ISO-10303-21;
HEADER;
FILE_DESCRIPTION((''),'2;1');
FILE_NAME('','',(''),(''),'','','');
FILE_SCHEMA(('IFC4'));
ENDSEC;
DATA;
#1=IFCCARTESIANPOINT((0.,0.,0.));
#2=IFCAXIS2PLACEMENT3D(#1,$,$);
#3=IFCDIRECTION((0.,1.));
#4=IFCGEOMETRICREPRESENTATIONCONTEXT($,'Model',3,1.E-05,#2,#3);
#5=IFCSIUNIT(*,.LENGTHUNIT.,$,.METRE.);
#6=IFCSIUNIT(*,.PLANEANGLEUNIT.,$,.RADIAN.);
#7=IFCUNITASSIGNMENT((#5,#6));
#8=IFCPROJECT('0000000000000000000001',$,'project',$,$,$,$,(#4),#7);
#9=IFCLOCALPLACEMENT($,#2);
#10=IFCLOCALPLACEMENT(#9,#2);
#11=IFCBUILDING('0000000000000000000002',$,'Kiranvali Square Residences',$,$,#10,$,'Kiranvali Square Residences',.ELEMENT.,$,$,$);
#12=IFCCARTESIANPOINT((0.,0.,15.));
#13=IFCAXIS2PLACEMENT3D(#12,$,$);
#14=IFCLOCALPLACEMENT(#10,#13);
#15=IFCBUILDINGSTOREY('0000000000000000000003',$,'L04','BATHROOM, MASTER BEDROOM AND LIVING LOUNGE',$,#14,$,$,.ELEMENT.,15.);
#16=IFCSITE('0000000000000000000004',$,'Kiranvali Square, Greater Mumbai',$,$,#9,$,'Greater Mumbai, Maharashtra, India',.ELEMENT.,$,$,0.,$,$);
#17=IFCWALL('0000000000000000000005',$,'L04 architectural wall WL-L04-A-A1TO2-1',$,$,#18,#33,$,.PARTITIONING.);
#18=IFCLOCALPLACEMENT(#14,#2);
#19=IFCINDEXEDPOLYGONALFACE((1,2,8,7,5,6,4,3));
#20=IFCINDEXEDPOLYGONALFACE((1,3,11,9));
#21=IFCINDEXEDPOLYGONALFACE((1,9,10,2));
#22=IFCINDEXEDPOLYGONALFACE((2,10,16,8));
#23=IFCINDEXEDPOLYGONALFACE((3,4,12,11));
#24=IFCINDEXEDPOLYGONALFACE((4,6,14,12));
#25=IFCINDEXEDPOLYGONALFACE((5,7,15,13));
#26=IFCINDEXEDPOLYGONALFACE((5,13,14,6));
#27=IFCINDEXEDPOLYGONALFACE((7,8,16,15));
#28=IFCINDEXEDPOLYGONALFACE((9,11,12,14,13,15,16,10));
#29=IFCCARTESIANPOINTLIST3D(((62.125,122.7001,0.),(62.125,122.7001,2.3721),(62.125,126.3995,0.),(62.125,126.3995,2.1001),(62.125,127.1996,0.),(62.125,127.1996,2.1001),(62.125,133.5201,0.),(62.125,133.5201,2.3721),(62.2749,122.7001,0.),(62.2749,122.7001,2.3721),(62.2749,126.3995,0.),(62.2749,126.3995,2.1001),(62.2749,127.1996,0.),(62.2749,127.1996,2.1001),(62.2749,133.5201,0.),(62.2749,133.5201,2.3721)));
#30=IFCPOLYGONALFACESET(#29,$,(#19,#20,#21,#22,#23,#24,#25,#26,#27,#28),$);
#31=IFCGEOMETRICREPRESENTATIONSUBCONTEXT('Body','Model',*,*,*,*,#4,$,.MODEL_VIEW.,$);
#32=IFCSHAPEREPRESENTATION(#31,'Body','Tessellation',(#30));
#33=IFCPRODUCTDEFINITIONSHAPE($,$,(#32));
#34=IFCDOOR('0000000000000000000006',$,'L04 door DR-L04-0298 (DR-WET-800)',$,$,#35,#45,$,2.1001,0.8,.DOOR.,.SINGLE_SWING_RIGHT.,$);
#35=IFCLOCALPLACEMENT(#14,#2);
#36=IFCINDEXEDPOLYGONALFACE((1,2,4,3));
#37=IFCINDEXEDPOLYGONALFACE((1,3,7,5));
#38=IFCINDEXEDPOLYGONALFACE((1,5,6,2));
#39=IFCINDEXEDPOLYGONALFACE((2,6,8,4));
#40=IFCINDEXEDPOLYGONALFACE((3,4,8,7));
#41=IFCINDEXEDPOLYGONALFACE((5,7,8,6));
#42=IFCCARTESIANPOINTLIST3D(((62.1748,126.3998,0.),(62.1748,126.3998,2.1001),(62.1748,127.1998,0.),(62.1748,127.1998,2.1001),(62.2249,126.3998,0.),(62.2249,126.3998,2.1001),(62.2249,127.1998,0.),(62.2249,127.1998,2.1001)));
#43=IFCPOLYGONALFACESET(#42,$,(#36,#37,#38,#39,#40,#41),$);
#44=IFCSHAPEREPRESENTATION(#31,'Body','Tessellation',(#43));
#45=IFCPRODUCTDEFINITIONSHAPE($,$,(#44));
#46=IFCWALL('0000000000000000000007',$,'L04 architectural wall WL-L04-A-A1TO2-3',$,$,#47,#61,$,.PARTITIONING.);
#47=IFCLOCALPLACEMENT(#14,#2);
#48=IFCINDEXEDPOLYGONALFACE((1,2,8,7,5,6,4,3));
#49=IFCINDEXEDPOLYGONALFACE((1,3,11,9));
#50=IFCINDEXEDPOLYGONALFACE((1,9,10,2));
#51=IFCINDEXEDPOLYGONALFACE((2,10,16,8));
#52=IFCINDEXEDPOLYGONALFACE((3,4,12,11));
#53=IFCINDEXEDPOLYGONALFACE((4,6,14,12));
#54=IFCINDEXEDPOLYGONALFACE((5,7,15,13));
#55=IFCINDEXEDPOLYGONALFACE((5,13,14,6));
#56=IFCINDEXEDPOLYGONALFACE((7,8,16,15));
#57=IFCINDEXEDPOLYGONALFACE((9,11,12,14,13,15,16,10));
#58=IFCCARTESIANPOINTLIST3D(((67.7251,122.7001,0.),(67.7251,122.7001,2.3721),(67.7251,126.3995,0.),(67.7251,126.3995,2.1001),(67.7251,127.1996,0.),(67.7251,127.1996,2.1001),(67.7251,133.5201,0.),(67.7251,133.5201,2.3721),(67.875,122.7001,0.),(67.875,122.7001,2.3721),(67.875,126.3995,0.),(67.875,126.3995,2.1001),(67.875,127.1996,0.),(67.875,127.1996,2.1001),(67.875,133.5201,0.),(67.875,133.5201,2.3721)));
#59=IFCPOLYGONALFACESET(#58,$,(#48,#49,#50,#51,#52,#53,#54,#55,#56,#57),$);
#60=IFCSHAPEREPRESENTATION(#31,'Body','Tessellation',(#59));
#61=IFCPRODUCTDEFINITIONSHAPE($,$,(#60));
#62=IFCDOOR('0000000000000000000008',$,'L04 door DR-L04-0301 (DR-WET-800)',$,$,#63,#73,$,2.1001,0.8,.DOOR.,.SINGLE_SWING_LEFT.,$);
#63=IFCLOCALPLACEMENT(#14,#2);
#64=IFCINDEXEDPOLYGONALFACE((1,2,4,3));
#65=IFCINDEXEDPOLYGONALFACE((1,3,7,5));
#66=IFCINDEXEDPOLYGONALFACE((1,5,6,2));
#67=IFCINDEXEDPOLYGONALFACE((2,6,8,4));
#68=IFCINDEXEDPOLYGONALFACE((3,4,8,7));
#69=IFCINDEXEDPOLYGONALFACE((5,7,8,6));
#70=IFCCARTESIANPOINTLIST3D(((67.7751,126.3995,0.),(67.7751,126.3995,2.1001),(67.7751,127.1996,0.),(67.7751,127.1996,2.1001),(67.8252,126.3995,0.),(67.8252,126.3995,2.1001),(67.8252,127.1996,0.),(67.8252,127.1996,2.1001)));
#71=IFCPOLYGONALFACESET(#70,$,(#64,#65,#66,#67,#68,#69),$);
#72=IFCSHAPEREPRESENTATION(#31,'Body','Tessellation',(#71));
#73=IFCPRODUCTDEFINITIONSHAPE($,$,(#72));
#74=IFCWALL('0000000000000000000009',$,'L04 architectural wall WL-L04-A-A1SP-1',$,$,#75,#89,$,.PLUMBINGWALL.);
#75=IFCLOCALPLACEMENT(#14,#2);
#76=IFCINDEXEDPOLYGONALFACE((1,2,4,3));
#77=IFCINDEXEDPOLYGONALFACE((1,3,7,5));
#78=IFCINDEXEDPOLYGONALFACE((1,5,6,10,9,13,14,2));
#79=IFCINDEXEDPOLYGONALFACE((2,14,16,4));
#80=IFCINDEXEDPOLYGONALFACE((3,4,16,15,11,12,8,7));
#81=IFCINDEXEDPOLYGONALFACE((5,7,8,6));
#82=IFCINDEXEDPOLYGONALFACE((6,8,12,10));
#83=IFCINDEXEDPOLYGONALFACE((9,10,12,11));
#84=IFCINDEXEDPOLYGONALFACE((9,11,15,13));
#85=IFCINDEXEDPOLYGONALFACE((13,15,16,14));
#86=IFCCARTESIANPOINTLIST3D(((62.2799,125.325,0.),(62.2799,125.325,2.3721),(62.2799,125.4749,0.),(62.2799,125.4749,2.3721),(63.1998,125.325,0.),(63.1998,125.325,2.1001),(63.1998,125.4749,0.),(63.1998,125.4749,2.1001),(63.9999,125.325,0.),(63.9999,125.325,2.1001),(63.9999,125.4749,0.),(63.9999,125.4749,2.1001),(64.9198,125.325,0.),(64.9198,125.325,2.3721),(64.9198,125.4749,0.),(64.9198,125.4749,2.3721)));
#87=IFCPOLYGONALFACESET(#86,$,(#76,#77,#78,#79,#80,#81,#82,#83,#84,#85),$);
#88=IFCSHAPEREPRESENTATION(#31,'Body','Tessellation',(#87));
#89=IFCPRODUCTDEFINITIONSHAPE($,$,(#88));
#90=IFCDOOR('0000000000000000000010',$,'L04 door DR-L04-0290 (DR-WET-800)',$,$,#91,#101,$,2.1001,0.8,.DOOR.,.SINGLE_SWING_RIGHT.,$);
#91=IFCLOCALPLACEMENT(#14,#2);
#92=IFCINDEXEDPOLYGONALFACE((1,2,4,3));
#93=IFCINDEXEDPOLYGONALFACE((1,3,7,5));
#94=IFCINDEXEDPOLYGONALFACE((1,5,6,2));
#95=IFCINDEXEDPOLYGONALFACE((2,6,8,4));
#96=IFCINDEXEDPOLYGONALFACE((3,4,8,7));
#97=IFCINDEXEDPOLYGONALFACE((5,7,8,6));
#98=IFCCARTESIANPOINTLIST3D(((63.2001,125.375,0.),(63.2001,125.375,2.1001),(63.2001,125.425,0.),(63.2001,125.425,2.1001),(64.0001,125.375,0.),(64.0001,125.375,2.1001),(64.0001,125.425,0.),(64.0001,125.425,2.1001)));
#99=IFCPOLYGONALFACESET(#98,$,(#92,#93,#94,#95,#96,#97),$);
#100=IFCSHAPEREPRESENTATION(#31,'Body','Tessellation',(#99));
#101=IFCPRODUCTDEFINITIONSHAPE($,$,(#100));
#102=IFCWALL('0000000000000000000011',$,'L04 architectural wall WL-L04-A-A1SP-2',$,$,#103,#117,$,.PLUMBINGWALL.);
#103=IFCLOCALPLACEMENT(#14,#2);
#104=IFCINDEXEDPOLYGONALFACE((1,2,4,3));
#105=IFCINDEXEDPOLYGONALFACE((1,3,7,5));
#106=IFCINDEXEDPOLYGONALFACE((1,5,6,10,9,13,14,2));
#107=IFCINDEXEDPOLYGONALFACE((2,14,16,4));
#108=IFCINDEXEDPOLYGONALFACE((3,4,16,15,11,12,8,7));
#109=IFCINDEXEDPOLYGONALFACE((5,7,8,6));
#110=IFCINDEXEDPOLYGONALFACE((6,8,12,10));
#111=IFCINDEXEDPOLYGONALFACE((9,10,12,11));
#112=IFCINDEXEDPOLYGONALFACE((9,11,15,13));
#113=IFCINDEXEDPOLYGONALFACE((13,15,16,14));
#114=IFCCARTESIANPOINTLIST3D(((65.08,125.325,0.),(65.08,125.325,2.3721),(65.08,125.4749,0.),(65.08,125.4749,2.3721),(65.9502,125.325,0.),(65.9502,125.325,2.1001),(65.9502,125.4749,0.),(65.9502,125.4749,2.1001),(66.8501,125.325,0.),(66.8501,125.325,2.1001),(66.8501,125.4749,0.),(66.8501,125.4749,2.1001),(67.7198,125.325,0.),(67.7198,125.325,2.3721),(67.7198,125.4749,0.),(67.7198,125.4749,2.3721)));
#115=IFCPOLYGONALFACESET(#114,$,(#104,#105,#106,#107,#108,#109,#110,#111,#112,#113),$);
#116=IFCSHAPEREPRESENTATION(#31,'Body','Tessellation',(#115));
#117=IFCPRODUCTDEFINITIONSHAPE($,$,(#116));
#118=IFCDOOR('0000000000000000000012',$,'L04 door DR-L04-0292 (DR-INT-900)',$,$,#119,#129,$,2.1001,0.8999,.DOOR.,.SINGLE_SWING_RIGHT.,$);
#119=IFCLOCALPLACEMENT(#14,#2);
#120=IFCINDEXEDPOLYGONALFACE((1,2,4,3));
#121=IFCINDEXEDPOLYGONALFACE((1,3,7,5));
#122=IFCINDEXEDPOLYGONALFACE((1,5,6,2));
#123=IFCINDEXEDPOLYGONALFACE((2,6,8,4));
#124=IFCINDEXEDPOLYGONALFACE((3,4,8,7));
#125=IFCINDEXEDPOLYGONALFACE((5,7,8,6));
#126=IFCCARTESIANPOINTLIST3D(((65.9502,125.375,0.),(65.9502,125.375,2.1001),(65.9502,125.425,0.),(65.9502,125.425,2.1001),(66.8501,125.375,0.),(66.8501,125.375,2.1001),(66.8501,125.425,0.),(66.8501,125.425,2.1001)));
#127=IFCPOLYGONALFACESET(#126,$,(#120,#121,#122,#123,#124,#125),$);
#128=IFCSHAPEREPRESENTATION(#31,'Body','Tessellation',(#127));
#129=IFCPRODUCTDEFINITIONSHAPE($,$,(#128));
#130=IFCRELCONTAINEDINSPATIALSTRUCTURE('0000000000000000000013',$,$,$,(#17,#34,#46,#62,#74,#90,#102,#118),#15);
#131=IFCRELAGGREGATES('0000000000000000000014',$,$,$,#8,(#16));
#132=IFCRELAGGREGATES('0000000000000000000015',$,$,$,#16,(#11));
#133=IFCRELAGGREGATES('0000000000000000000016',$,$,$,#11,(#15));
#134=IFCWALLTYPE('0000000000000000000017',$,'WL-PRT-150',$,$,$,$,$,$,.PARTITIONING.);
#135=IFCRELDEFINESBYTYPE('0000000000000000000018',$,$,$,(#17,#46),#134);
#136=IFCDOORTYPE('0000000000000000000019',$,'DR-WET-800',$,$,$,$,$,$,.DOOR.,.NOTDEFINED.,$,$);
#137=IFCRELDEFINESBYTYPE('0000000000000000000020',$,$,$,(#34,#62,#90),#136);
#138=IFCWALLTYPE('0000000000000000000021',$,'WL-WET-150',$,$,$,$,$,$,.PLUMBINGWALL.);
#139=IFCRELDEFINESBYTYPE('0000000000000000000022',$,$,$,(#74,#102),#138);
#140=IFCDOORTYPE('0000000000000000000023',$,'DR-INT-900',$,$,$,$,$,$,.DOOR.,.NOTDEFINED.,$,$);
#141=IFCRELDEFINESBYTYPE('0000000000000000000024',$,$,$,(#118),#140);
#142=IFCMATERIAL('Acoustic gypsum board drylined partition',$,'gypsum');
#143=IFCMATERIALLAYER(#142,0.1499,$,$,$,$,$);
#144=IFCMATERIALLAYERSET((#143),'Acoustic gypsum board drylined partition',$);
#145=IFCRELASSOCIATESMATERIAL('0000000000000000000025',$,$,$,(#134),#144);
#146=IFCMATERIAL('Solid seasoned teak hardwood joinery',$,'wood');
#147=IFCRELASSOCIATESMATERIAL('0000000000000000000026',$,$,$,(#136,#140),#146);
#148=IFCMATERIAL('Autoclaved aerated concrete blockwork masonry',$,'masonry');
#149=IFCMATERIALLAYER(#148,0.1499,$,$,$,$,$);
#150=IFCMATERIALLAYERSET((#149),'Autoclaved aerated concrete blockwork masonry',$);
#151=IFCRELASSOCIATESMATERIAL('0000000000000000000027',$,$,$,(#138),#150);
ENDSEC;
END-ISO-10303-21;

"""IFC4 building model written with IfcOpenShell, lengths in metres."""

from ifc_helpers import new_model, si_unit, direction, frame, frame_2d, origin, place, context, subcontext, project, spatial, rectangle, extrude, material, layer, layer_set, type_object, element, fill, save


model = new_model("IFC4")

# Units and contexts
model_context = context("Model", 3, precision=1e-05, world=origin(), true_north=direction((0.0, 1.0)))
body_context = subcontext(model_context, "Body", "Model", "MODEL_VIEW")
ifc_project = project(units=[si_unit("LENGTHUNIT", "METRE"), si_unit("PLANEANGLEUNIT", "RADIAN")], contexts=[model_context])

# Site, building, storey
site_placement = place(None, origin())
site = spatial("IfcSite", under=ifc_project, at=site_placement, Name="Kiranvali Square, Greater Mumbai", LongName="Greater Mumbai, Maharashtra, India", CompositionType="ELEMENT", RefElevation=0.0)
building_placement = place(site_placement, origin())
building = spatial("IfcBuilding", under=site, at=building_placement, Name="Kiranvali Square Residences", LongName="Kiranvali Square Residences", CompositionType="ELEMENT")
storey_placement = place(building_placement, frame((0.0, 0.0, 15.0)))
storey = spatial("IfcBuildingStorey", under=building, at=storey_placement, Name="L04", Description="BATHROOM, MASTER BEDROOM AND LIVING LOUNGE", CompositionType="ELEMENT", Elevation=15.0)

# Shared definitions
ifc_material_1 = material(Name="Autoclaved aerated concrete blockwork masonry", Category="masonry")

# Walls, openings, doors
ifc_material_2 = material(Name="Acoustic gypsum board drylined partition", Category="gypsum")
ifc_layer_1 = layer(ifc_material_2, 0.1499)
ifc_layer_set_1 = layer_set([ifc_layer_1], Name="Acoustic gypsum board drylined partition")
wall_type_1 = type_object("IfcWallType", Name="WL-PRT-150", PredefinedType="PARTITIONING", material=ifc_layer_set_1)
wall_1_placement = place(storey_placement, frame((62.2, 122.7, 0.0), z_axis=(0.0, 0.0, 1.0), x_axis=(0.0, 1.0, 0.0)))
wall_1 = element("IfcWall", 1, at=wall_1_placement, inside=storey, type_object=wall_type_1, Name="L04 architectural wall WL-L04-A-A1TO2-1", PredefinedType="PARTITIONING", context=body_context, shape_type="SweptSolid", body=[
    extrude(rectangle(XDim=10.8201, YDim=0.1499, at=frame_2d((5.4102, 0.0))), origin(), (0.0, 0.0, 1.0), 2.3721),
])
opening_1_placement = place(wall_1_placement, frame((3.6997, 0.0, 0.0)))
opening_1 = element("IfcOpeningElement", 2, at=opening_1_placement, cuts=wall_1, PredefinedType="OPENING", context=body_context, shape_type="SweptSolid", body=[
    extrude(rectangle(XDim=0.8, YDim=2.1001, at=frame_2d((0.3999, 1.05))), frame((0.0, 0.085, 0.0), z_axis=(0.0, -1.0, 0.0), x_axis=(1.0, 0.0, 0.0)), (0.0, 0.0, 1.0), 0.1699),
])
ifc_material_3 = material(Name="Solid seasoned teak hardwood joinery", Category="wood")
door_type_1 = type_object("IfcDoorType", Name="DR-WET-800", OperationType="NOTDEFINED", PredefinedType="DOOR", material=ifc_material_3)
door_1_placement = place(opening_1_placement, frame((0.8, 0.0, 0.0), z_axis=(0.0, 0.0, 1.0), x_axis=(-1.0, 0.0, 0.0)))
door_1 = element("IfcDoor", 3, at=door_1_placement, inside=storey, type_object=door_type_1, Name="L04 door DR-L04-0298 (DR-WET-800)", OperationType="SINGLE_SWING_RIGHT", OverallHeight=2.1001, OverallWidth=0.8, PredefinedType="DOOR", context=body_context, shape_type="SweptSolid", body=[
    extrude(rectangle(XDim=0.8, YDim=2.1001, at=frame_2d((0.3999, 1.05))), frame((0.0, 0.0249, 0.0), z_axis=(0.0, -1.0, 0.0), x_axis=(1.0, 0.0, 0.0)), (0.0, 0.0, 1.0), 0.05),
])
fill(opening_1, door_1)
wall_2_placement = place(storey_placement, frame((67.8, 122.7, 0.0), z_axis=(0.0, 0.0, 1.0), x_axis=(0.0, 1.0, 0.0)))
wall_2 = element("IfcWall", 4, at=wall_2_placement, inside=storey, type_object=wall_type_1, Name="L04 architectural wall WL-L04-A-A1TO2-3", PredefinedType="PARTITIONING", context=body_context, shape_type="SweptSolid", body=[
    extrude(rectangle(XDim=10.8201, YDim=0.1499, at=frame_2d((5.4102, 0.0))), origin(), (0.0, 0.0, 1.0), 2.3721),
])
opening_2_placement = place(wall_2_placement, frame((3.6997, 0.0, 0.0)))
opening_2 = element("IfcOpeningElement", 5, at=opening_2_placement, cuts=wall_2, PredefinedType="OPENING", context=body_context, shape_type="SweptSolid", body=[
    extrude(rectangle(XDim=0.8, YDim=2.1001, at=frame_2d((0.3999, 1.05))), frame((0.0, 0.085, 0.0), z_axis=(0.0, -1.0, 0.0), x_axis=(1.0, 0.0, 0.0)), (0.0, 0.0, 1.0), 0.1699),
])
door_2_placement = place(opening_2_placement, origin())
door_2 = element("IfcDoor", 6, at=door_2_placement, inside=storey, type_object=door_type_1, Name="L04 door DR-L04-0301 (DR-WET-800)", OperationType="SINGLE_SWING_LEFT", OverallHeight=2.1001, OverallWidth=0.8, PredefinedType="DOOR", context=body_context, shape_type="SweptSolid", body=[
    extrude(rectangle(XDim=0.8, YDim=2.1001, at=frame_2d((0.3999, 1.05))), frame((0.0, 0.0249, 0.0), z_axis=(0.0, -1.0, 0.0), x_axis=(1.0, 0.0, 0.0)), (0.0, 0.0, 1.0), 0.05),
])
fill(opening_2, door_2)
ifc_layer_2 = layer(ifc_material_1, 0.1499)
ifc_layer_set_2 = layer_set([ifc_layer_2], Name="Autoclaved aerated concrete blockwork masonry")
wall_type_2 = type_object("IfcWallType", Name="WL-WET-150", PredefinedType="PLUMBINGWALL", material=ifc_layer_set_2)
wall_3_placement = place(storey_placement, frame((62.28, 125.3999, 0.0), z_axis=(0.0, 0.0, 1.0), x_axis=(1.0, 0.0, 0.0)))
wall_3 = element("IfcWall", 7, at=wall_3_placement, inside=storey, type_object=wall_type_2, Name="L04 architectural wall WL-L04-A-A1SP-1", PredefinedType="PLUMBINGWALL", context=body_context, shape_type="SweptSolid", body=[
    extrude(rectangle(XDim=2.6399, YDim=0.1499, at=frame_2d((1.3198, 0.0))), origin(), (0.0, 0.0, 1.0), 2.3721),
])
opening_3_placement = place(wall_3_placement, frame((0.9199, 0.0, 0.0)))
opening_3 = element("IfcOpeningElement", 8, at=opening_3_placement, cuts=wall_3, PredefinedType="OPENING", context=body_context, shape_type="SweptSolid", body=[
    extrude(rectangle(XDim=0.8, YDim=2.1001, at=frame_2d((0.3999, 1.05))), frame((0.0, 0.085, 0.0), z_axis=(0.0, -1.0, 0.0), x_axis=(1.0, 0.0, 0.0)), (0.0, 0.0, 1.0), 0.1699),
])
door_3_placement = place(opening_3_placement, frame((0.8, 0.0, 0.0), z_axis=(0.0, 0.0, 1.0), x_axis=(-1.0, 0.0, 0.0)))
door_3 = element("IfcDoor", 9, at=door_3_placement, inside=storey, type_object=door_type_1, Name="L04 door DR-L04-0290 (DR-WET-800)", OperationType="SINGLE_SWING_RIGHT", OverallHeight=2.1001, OverallWidth=0.8, PredefinedType="DOOR", context=body_context, shape_type="SweptSolid", body=[
    extrude(rectangle(XDim=0.8, YDim=2.1001, at=frame_2d((0.3999, 1.05))), frame((0.0, 0.0249, 0.0), z_axis=(0.0, -1.0, 0.0), x_axis=(1.0, 0.0, 0.0)), (0.0, 0.0, 1.0), 0.05),
])
fill(opening_3, door_3)
wall_4_placement = place(storey_placement, frame((65.0801, 125.3999, 0.0), z_axis=(0.0, 0.0, 1.0), x_axis=(1.0, 0.0, 0.0)))
wall_4 = element("IfcWall", 10, at=wall_4_placement, inside=storey, type_object=wall_type_2, Name="L04 architectural wall WL-L04-A-A1SP-2", PredefinedType="PLUMBINGWALL", context=body_context, shape_type="SweptSolid", body=[
    extrude(rectangle(XDim=2.6399, YDim=0.1499, at=frame_2d((1.3198, 0.0))), origin(), (0.0, 0.0, 1.0), 2.3721),
])
opening_4_placement = place(wall_4_placement, frame((0.8701, 0.0, 0.0)))
opening_4 = element("IfcOpeningElement", 11, at=opening_4_placement, cuts=wall_4, PredefinedType="OPENING", context=body_context, shape_type="SweptSolid", body=[
    extrude(rectangle(XDim=0.8999, YDim=2.1001, at=frame_2d((0.45, 1.05))), frame((0.0, 0.085, 0.0), z_axis=(0.0, -1.0, 0.0), x_axis=(1.0, 0.0, 0.0)), (0.0, 0.0, 1.0), 0.1699),
])
door_type_2 = type_object("IfcDoorType", Name="DR-INT-900", OperationType="NOTDEFINED", PredefinedType="DOOR", material=ifc_material_3)
door_4_placement = place(opening_4_placement, frame((0.8999, 0.0, 0.0), z_axis=(0.0, 0.0, 1.0), x_axis=(-1.0, 0.0, 0.0)))
door_4 = element("IfcDoor", 12, at=door_4_placement, inside=storey, type_object=door_type_2, Name="L04 door DR-L04-0292 (DR-INT-900)", OperationType="SINGLE_SWING_RIGHT", OverallHeight=2.1001, OverallWidth=0.8999, PredefinedType="DOOR", context=body_context, shape_type="SweptSolid", body=[
    extrude(rectangle(XDim=0.8999, YDim=2.1001, at=frame_2d((0.45, 1.05))), frame((0.0, 0.0249, 0.0), z_axis=(0.0, -1.0, 0.0), x_axis=(1.0, 0.0, 0.0)), (0.0, 0.0, 1.0), 0.05),
])
fill(opening_4, door_4)

save(model, "model.ifc")
